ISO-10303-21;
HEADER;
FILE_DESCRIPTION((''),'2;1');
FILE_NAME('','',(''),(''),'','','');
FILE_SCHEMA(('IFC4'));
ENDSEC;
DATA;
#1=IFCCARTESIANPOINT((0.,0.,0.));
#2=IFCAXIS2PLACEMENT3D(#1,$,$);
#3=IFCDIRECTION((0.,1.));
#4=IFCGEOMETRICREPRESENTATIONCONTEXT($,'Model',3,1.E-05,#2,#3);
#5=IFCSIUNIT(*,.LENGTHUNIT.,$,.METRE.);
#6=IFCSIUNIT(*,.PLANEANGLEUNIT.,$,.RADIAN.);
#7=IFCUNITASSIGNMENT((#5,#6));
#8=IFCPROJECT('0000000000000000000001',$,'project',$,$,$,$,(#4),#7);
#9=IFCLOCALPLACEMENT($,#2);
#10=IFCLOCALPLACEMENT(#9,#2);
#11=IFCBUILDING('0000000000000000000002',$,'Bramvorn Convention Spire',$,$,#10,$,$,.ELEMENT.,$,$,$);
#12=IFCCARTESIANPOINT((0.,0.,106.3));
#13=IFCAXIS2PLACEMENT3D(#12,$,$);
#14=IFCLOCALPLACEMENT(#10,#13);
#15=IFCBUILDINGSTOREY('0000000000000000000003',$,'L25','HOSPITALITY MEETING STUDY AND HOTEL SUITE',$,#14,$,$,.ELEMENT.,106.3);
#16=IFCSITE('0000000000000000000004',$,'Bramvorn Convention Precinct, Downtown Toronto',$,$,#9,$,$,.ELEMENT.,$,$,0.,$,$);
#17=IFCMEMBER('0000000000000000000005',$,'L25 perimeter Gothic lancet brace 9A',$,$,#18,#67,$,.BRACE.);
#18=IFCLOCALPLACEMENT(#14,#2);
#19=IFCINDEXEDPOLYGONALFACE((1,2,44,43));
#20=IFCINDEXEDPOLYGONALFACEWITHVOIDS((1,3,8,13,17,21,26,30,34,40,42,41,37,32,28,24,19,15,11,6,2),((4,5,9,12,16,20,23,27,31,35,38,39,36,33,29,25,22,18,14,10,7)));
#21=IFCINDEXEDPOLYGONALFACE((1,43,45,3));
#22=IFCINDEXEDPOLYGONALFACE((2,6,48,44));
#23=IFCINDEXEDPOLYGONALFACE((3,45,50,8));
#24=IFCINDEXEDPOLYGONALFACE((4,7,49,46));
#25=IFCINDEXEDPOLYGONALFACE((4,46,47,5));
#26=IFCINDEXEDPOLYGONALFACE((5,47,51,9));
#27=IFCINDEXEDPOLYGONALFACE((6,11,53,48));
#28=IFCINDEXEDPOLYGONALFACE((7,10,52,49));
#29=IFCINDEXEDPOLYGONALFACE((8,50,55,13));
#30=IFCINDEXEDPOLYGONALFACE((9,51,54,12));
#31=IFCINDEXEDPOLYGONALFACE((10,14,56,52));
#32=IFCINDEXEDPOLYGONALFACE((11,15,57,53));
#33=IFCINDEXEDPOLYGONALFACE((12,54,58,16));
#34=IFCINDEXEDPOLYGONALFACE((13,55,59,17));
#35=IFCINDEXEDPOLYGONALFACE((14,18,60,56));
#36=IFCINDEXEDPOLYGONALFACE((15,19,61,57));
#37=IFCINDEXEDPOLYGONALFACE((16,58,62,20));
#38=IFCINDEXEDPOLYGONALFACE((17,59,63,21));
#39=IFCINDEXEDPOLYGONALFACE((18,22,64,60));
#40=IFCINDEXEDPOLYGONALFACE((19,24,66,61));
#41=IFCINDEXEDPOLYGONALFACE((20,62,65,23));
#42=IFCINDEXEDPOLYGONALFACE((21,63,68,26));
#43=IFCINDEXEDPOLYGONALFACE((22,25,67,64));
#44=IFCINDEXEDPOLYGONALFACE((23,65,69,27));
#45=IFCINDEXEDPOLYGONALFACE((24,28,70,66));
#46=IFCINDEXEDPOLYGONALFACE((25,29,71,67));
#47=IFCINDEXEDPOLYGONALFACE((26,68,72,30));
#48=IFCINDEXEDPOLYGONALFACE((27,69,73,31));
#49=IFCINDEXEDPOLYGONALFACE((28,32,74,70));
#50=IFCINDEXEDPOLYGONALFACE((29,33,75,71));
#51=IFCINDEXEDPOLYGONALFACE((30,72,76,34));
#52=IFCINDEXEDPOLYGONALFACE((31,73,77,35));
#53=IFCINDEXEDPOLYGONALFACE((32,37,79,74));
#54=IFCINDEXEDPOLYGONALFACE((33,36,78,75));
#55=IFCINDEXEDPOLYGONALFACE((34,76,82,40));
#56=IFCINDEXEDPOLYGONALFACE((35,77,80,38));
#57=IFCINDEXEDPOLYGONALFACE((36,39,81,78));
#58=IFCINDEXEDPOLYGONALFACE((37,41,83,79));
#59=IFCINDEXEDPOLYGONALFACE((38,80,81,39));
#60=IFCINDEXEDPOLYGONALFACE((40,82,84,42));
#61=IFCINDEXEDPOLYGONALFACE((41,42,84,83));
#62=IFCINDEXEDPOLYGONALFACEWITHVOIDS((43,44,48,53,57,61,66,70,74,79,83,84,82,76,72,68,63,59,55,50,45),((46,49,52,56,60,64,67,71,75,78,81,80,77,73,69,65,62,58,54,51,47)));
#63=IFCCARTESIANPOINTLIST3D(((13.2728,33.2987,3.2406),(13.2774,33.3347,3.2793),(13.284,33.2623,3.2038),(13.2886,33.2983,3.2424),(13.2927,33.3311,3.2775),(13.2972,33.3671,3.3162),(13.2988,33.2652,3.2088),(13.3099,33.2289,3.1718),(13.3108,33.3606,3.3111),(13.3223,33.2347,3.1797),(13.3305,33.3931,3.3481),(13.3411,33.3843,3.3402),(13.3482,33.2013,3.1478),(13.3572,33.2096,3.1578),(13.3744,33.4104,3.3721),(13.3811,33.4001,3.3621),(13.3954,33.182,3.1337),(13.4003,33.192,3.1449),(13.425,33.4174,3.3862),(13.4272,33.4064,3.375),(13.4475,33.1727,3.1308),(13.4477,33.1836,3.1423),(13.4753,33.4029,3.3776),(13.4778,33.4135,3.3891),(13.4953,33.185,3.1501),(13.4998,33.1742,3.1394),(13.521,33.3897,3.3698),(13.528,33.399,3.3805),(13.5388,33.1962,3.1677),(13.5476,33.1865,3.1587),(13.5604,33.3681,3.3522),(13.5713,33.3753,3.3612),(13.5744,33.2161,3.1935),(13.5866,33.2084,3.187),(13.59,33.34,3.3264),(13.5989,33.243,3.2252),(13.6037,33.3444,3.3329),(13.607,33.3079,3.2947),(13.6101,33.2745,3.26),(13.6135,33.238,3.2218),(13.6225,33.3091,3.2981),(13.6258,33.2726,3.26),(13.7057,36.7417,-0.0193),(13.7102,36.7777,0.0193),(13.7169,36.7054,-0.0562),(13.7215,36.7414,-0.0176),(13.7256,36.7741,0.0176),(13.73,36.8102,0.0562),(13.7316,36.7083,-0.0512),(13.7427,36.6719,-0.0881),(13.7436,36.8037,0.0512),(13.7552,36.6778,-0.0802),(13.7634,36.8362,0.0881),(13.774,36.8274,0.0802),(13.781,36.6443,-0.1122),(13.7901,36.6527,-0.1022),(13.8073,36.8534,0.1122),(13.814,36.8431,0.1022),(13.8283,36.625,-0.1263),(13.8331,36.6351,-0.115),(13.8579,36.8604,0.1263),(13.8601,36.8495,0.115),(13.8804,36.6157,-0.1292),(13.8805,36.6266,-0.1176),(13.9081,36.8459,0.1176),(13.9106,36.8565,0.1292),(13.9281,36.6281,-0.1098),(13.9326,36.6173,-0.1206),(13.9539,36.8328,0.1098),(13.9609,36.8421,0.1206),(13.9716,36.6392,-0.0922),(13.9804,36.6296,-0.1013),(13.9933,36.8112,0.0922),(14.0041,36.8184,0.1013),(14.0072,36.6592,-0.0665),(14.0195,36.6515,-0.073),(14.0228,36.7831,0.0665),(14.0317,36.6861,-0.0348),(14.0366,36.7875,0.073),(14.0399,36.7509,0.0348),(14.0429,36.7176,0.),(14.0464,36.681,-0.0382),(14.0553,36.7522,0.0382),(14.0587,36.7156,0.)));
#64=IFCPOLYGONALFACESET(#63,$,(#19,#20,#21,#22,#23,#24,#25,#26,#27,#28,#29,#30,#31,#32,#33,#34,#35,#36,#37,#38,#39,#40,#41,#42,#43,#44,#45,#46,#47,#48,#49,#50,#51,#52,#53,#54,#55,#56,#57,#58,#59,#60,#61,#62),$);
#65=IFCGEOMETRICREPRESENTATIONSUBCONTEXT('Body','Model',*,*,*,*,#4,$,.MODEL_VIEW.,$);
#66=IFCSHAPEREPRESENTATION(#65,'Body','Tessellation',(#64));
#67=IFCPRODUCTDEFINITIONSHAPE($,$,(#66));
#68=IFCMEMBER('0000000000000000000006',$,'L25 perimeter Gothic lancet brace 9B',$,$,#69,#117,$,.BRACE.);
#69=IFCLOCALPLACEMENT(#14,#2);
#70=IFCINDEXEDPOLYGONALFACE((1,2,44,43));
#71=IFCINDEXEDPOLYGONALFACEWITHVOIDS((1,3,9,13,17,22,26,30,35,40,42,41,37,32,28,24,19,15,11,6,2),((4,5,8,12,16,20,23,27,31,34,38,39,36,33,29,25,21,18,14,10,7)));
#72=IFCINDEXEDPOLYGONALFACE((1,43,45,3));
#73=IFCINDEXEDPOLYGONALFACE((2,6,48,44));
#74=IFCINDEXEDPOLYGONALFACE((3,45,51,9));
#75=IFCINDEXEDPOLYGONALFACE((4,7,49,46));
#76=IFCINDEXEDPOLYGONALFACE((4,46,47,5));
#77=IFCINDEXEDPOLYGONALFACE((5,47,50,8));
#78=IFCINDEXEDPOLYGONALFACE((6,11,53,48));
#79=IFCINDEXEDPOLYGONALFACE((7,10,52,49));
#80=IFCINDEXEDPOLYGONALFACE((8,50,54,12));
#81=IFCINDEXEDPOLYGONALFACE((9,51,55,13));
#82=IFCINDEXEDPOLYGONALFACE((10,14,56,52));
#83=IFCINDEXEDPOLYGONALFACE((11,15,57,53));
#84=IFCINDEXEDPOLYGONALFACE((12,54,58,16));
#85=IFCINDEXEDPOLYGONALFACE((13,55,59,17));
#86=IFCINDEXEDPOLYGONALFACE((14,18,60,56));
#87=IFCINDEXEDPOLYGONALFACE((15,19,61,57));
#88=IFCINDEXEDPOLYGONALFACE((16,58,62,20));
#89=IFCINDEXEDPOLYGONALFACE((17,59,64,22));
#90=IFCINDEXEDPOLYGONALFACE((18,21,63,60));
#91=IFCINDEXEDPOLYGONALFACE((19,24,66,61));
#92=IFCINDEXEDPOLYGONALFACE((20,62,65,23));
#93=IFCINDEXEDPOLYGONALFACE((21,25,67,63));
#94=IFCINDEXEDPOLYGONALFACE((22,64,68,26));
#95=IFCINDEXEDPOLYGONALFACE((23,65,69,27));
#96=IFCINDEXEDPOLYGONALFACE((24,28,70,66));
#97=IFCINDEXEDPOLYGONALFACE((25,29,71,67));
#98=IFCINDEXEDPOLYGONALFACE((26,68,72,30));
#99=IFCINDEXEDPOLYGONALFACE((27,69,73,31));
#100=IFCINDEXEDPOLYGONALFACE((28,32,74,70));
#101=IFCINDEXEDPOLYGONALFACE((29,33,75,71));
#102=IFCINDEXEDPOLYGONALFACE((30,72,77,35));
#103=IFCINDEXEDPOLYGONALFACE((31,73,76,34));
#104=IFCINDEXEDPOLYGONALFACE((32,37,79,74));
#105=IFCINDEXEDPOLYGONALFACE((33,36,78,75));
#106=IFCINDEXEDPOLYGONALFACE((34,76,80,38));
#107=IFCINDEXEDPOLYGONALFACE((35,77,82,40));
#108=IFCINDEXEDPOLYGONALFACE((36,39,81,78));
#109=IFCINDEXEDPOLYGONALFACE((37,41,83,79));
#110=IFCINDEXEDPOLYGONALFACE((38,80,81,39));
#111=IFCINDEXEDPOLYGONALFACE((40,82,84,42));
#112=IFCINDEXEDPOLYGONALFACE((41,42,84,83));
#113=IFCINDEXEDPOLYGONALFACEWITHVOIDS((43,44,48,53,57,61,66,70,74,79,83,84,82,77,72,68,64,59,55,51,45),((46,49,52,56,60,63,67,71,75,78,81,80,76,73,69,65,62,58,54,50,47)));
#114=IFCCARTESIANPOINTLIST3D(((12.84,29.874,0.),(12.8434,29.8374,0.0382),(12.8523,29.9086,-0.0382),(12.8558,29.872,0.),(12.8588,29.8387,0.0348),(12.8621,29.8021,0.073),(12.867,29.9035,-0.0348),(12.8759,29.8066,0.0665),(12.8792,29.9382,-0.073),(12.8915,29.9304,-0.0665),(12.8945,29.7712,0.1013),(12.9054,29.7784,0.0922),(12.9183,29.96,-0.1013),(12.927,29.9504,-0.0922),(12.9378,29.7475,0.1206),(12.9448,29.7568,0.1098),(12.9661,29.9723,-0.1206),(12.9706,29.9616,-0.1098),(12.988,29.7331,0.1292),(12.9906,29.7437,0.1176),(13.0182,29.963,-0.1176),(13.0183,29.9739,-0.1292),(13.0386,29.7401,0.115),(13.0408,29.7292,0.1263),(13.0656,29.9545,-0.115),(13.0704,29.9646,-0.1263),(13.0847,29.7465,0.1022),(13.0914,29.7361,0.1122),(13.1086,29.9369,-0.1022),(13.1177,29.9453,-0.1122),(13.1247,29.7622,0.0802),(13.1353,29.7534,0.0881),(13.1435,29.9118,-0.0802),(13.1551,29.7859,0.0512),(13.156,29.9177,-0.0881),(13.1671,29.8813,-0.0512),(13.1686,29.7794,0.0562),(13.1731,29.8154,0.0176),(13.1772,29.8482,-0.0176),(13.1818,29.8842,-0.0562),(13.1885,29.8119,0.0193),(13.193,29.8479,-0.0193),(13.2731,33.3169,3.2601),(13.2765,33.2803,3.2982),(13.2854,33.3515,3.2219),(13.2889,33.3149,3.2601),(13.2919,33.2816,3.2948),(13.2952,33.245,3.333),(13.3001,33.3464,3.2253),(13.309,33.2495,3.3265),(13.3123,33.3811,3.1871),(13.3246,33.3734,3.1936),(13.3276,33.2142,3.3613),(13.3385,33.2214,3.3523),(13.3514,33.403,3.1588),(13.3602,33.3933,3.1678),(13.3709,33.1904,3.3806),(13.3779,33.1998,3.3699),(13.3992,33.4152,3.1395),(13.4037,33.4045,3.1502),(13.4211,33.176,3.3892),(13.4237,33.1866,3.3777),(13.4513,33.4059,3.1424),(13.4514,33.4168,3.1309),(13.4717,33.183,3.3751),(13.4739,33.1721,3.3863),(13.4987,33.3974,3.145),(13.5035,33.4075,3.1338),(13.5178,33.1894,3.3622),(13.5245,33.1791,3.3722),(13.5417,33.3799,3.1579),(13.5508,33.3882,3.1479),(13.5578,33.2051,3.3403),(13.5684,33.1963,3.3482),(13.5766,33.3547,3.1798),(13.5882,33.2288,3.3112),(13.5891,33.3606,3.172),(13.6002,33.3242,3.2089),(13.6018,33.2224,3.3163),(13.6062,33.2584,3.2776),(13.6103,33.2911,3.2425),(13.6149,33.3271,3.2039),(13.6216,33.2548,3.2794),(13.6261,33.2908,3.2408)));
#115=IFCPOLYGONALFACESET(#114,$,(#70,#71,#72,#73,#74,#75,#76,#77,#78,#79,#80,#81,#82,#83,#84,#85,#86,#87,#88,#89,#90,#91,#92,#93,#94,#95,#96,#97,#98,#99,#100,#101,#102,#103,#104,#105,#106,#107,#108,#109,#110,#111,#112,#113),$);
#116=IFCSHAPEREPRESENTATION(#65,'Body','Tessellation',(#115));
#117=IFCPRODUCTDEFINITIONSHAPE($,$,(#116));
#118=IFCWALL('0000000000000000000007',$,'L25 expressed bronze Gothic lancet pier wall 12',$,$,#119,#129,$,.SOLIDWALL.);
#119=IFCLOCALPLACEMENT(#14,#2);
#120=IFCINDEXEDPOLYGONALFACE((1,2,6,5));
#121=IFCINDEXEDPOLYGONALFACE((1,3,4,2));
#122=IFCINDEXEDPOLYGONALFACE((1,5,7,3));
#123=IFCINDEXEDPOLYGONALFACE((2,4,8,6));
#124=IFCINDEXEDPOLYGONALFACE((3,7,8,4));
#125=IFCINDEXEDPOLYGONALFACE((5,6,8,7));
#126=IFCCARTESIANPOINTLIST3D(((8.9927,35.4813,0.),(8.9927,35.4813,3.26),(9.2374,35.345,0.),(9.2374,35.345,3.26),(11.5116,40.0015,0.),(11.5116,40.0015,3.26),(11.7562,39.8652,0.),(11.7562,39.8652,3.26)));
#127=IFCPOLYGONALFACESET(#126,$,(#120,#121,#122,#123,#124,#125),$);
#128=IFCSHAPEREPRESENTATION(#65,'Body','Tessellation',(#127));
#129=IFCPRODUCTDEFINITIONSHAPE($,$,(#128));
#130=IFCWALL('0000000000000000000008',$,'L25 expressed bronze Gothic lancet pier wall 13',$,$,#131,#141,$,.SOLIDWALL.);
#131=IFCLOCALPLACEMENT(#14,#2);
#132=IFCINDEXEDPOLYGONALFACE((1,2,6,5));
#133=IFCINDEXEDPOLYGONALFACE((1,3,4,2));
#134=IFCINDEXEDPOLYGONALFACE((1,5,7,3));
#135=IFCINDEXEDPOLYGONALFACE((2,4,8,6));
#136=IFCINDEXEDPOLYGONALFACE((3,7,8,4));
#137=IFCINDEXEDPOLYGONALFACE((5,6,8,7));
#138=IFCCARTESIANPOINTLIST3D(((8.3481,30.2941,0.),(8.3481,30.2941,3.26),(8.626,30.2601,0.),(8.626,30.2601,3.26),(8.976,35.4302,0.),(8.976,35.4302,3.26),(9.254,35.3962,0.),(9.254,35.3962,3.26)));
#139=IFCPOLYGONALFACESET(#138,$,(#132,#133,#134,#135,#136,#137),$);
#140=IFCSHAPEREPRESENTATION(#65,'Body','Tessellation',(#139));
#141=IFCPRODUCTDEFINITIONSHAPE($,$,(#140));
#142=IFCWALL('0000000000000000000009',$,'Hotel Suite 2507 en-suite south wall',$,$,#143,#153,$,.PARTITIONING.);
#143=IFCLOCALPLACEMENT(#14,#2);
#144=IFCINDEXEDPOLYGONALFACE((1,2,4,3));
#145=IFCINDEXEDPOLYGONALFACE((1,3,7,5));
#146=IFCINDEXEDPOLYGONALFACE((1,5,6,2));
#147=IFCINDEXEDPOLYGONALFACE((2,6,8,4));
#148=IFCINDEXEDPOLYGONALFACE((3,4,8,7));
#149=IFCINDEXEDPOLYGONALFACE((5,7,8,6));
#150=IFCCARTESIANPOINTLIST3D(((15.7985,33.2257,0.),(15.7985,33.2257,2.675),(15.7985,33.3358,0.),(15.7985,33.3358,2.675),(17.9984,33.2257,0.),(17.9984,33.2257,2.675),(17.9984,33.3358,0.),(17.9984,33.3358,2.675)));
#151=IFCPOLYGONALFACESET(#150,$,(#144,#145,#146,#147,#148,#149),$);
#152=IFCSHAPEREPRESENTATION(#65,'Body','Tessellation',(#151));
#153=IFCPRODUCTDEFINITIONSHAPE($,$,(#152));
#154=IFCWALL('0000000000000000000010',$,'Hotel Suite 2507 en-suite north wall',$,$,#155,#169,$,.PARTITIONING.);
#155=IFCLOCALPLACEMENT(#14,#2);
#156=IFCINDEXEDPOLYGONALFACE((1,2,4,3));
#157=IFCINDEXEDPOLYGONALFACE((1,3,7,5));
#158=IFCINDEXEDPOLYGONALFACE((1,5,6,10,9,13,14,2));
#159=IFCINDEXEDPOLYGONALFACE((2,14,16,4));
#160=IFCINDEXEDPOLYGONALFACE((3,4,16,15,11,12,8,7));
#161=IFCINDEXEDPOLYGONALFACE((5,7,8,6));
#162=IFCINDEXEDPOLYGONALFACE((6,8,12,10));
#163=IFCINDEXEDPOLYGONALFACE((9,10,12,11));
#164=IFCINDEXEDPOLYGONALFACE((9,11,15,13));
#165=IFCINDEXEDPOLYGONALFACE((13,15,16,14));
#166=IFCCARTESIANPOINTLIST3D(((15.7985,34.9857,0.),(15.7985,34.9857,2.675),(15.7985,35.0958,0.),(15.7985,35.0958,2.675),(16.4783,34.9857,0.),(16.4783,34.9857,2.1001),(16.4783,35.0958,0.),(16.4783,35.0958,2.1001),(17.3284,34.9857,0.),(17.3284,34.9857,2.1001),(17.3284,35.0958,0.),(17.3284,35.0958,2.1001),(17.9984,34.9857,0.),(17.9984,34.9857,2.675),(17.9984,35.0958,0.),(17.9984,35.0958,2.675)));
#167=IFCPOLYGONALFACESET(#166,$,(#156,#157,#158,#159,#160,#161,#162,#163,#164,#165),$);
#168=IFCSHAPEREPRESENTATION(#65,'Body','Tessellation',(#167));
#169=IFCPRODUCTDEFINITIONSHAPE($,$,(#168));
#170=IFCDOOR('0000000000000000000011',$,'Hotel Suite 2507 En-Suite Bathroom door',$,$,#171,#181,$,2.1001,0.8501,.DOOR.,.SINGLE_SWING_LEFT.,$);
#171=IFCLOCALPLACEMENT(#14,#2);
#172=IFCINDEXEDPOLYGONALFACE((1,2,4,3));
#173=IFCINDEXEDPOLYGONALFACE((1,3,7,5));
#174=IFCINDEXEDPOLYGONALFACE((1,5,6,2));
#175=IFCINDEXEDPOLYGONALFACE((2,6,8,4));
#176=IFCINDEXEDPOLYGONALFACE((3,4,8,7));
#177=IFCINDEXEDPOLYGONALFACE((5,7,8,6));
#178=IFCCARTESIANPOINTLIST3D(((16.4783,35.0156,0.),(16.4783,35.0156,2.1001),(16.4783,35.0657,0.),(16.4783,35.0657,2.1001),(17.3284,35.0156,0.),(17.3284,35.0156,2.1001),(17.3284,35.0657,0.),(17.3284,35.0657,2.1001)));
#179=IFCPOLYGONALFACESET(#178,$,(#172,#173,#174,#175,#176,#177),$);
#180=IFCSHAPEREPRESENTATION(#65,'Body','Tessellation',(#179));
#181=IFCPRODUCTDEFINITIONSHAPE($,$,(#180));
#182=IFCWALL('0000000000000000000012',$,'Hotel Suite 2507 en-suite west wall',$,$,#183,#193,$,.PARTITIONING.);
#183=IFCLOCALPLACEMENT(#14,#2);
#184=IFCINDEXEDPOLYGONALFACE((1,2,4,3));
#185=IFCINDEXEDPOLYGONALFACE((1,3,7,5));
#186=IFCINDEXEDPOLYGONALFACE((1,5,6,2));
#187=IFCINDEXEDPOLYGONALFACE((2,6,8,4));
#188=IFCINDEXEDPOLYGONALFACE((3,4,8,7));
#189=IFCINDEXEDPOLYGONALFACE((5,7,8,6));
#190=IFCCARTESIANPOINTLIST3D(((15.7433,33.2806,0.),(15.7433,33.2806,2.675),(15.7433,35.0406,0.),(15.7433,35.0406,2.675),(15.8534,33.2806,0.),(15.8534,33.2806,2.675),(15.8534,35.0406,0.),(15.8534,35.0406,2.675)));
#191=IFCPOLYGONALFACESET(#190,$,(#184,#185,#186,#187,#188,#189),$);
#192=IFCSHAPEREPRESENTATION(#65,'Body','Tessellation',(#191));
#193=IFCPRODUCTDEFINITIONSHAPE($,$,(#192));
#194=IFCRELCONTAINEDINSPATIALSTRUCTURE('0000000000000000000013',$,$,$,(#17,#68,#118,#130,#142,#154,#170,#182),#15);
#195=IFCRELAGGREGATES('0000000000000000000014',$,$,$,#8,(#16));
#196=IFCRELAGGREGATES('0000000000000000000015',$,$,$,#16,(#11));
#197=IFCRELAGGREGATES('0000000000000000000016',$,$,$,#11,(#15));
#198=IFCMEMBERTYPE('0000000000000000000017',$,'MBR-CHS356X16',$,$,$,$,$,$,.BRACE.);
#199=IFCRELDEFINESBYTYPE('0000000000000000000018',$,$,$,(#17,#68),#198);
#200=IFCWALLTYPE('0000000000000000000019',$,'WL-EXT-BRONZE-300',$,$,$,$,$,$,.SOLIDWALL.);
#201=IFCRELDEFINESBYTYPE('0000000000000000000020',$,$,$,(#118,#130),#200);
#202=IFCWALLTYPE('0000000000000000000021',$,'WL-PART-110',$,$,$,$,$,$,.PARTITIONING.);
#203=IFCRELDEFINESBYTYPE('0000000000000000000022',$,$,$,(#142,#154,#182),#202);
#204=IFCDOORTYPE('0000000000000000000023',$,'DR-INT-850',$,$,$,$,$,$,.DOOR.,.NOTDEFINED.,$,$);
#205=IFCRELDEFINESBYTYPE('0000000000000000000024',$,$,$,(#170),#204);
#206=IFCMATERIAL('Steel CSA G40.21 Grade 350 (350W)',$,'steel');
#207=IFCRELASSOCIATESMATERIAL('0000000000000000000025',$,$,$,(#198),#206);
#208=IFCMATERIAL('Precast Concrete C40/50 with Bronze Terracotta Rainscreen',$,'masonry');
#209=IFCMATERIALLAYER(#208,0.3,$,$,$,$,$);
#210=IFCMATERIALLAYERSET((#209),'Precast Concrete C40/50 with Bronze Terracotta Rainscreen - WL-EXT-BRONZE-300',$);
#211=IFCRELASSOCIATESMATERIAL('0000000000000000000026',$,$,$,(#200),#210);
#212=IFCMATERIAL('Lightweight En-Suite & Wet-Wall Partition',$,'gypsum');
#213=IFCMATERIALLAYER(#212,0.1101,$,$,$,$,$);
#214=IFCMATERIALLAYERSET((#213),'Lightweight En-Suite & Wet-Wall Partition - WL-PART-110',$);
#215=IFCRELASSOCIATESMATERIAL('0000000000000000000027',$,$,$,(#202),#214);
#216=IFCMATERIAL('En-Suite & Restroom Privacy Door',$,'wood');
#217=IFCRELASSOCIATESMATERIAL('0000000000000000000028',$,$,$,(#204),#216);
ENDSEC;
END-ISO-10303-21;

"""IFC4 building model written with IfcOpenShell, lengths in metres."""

from ifc_helpers import new_model, si_unit, direction, frame, frame_2d, origin, origin_2d, place, context, subcontext, project, spatial, rectangle, hollow_circle, extrude, material, layer, layer_set, material_profile, profile_set, type_object, element, fill, save


model = new_model("IFC4")

# Units and contexts
model_context = context("Model", 3, precision=1e-05, world=origin(), true_north=direction((0.0, 1.0)))
body_context = subcontext(model_context, "Body", "Model", "MODEL_VIEW")
ifc_project = project(units=[si_unit("LENGTHUNIT", "METRE"), si_unit("PLANEANGLEUNIT", "RADIAN")], contexts=[model_context])

# Site, building, storey
site_placement = place(None, origin())
site = spatial("IfcSite", under=ifc_project, at=site_placement, Name="Bramvorn Convention Precinct, Downtown Toronto", CompositionType="ELEMENT", RefElevation=0.0)
building_placement = place(site_placement, origin())
building = spatial("IfcBuilding", under=site, at=building_placement, Name="Bramvorn Convention Spire", CompositionType="ELEMENT")
storey_placement = place(building_placement, frame((0.0, 0.0, 106.3)))
storey = spatial("IfcBuildingStorey", under=building, at=storey_placement, Name="L25", Description="HOSPITALITY MEETING STUDY AND HOTEL SUITE", CompositionType="ELEMENT", Elevation=106.3)

# Shared definitions
ifc_material_1 = material(Name="Steel CSA G40.21 Grade 350 (350W)", Category="steel")

# Members
ifc_material_profile_1 = material_profile(ifc_material_1, hollow_circle(Radius=0.1777, WallThickness=0.0159, at=origin_2d()))
ifc_profile_set_1 = profile_set([ifc_material_profile_1], Name="Steel CSA G40.21 Grade 350 (350W) - CHS356X16")
member_type = type_object("IfcMemberType", Name="MBR-CHS356X16", PredefinedType="BRACE", material=ifc_profile_set_1)
for number, where, z_axis, x_axis, name in (
    (1, (13.8823, 36.7378, 0.0), (-0.090912, -0.723144, 0.684688), (0.99219, -0.124736, 0.0), "L25 perimeter Gothic lancet brace 9A"),
    (2, (13.0164, 29.8518, 0.0), (0.090966, 0.723117, 0.68471), (-0.99218, 0.124814, 0.0), "L25 perimeter Gothic lancet brace 9B"),
):
    element("IfcMember", number, at=place(storey_placement, frame(where, z_axis=z_axis, x_axis=x_axis)), inside=storey, type_object=member_type, Name=name, PredefinedType="BRACE", context=body_context, shape_type="SweptSolid", body=[
        extrude(hollow_circle(Radius=0.1777, WallThickness=0.0159, at=origin_2d()), origin(), (0.0, 0.0, 1.0), 4.7612),
    ])

# Walls
ifc_material_2 = material(Name="Precast Concrete C40/50 with Bronze Terracotta Rainscreen", Category="masonry")
ifc_layer_1 = layer(ifc_material_2, 0.3)
ifc_layer_set_1 = layer_set([ifc_layer_1], Name="Precast Concrete C40/50 with Bronze Terracotta Rainscreen - WL-EXT-BRONZE-300")
wall_type_1 = type_object("IfcWallType", Name="WL-EXT-BRONZE-300", PredefinedType="SOLIDWALL", material=ifc_layer_set_1)
wall_1_placement = place(storey_placement, frame((9.115, 35.4131, 0.0), z_axis=(0.0, 0.0, 1.0), x_axis=(0.486776, 0.873527, 0.0)))
element("IfcWall", 3, at=wall_1_placement, inside=storey, type_object=wall_type_1, Name="L25 expressed bronze Gothic lancet pier wall 12", PredefinedType="SOLIDWALL", context=body_context, shape_type="SweptSolid", body=[
    extrude(rectangle(XDim=5.1746, YDim=0.28, at=frame_2d((2.5874, 0.0))), origin(), (0.0, 0.0, 1.0), 3.26),
])
wall_2_placement = place(storey_placement, frame((8.4871, 30.2771, 0.0), z_axis=(0.0, 0.0, 1.0), x_axis=(0.121357, 0.992609, 0.0)))
element("IfcWall", 4, at=wall_2_placement, inside=storey, type_object=wall_type_1, Name="L25 expressed bronze Gothic lancet pier wall 13", PredefinedType="SOLIDWALL", context=body_context, shape_type="SweptSolid", body=[
    extrude(rectangle(XDim=5.1743, YDim=0.28, at=frame_2d((2.5872, 0.0))), origin(), (0.0, 0.0, 1.0), 3.26),
])
ifc_material_3 = material(Name="Lightweight En-Suite & Wet-Wall Partition", Category="gypsum")
ifc_layer_2 = layer(ifc_material_3, 0.1101)
ifc_layer_set_2 = layer_set([ifc_layer_2], Name="Lightweight En-Suite & Wet-Wall Partition - WL-PART-110")
wall_type_2 = type_object("IfcWallType", Name="WL-PART-110", PredefinedType="PARTITIONING", material=ifc_layer_set_2)
wall_3_placement = place(storey_placement, frame((15.7983, 33.2808, 0.0), z_axis=(0.0, 0.0, 1.0), x_axis=(1.0, 0.0, 0.0)))
element("IfcWall", 5, at=wall_3_placement, inside=storey, type_object=wall_type_2, Name="Hotel Suite 2507 en-suite south wall", PredefinedType="PARTITIONING", context=body_context, shape_type="SweptSolid", body=[
    extrude(rectangle(XDim=2.2, YDim=0.1101, at=frame_2d((1.1001, 0.0))), origin(), (0.0, 0.0, 1.0), 2.675),
])

# Wall, opening, door
wall_4_placement = place(storey_placement, frame((15.7983, 35.0408, 0.0), z_axis=(0.0, 0.0, 1.0), x_axis=(1.0, 0.0, 0.0)))
wall_4 = element("IfcWall", 6, at=wall_4_placement, inside=storey, type_object=wall_type_2, Name="Hotel Suite 2507 en-suite north wall", PredefinedType="PARTITIONING", context=body_context, shape_type="SweptSolid", body=[
    extrude(rectangle(XDim=2.2, YDim=0.1101, at=frame_2d((1.1001, 0.0))), origin(), (0.0, 0.0, 1.0), 2.675),
])
opening_1_placement = place(wall_4_placement, frame((0.6799, 0.0, 0.0)))
opening_1 = element("IfcOpeningElement", 7, at=opening_1_placement, cuts=wall_4, PredefinedType="OPENING", context=body_context, shape_type="SweptSolid", body=[
    extrude(rectangle(XDim=0.8501, YDim=2.1001, at=frame_2d((0.425, 1.05))), frame((0.0, 0.0649, 0.0), z_axis=(0.0, -1.0, 0.0), x_axis=(1.0, 0.0, 0.0)), (0.0, 0.0, 1.0), 0.1301),
])
ifc_material_4 = material(Name="En-Suite & Restroom Privacy Door", Category="wood")
door_type_1 = type_object("IfcDoorType", Name="DR-INT-850", OperationType="NOTDEFINED", PredefinedType="DOOR", material=ifc_material_4)
door_1_placement = place(opening_1_placement, origin())
door_1 = element("IfcDoor", 8, at=door_1_placement, inside=storey, type_object=door_type_1, Name="Hotel Suite 2507 En-Suite Bathroom door", OperationType="SINGLE_SWING_LEFT", OverallHeight=2.1001, OverallWidth=0.8501, PredefinedType="DOOR", context=body_context, shape_type="SweptSolid", body=[
    extrude(rectangle(XDim=0.8501, YDim=2.1001, at=frame_2d((0.425, 1.05))), frame((0.0, 0.0249, 0.0), z_axis=(0.0, -1.0, 0.0), x_axis=(1.0, 0.0, 0.0)), (0.0, 0.0, 1.0), 0.05),
])
fill(opening_1, door_1)

# Wall
for number, where, z_axis, x_axis, name in (
    (9, (15.7983, 33.2808, 0.0), (0.0, 0.0, 1.0), (0.0, 1.0, 0.0), "Hotel Suite 2507 en-suite west wall"),
):
    element("IfcWall", number, at=place(storey_placement, frame(where, z_axis=z_axis, x_axis=x_axis)), inside=storey, type_object=wall_type_2, Name=name, PredefinedType="PARTITIONING", context=body_context, shape_type="SweptSolid", body=[
        extrude(rectangle(XDim=1.76, YDim=0.1101, at=frame_2d((0.8799, 0.0))), origin(), (0.0, 0.0, 1.0), 2.675),
    ])

save(model, "model.ifc")
